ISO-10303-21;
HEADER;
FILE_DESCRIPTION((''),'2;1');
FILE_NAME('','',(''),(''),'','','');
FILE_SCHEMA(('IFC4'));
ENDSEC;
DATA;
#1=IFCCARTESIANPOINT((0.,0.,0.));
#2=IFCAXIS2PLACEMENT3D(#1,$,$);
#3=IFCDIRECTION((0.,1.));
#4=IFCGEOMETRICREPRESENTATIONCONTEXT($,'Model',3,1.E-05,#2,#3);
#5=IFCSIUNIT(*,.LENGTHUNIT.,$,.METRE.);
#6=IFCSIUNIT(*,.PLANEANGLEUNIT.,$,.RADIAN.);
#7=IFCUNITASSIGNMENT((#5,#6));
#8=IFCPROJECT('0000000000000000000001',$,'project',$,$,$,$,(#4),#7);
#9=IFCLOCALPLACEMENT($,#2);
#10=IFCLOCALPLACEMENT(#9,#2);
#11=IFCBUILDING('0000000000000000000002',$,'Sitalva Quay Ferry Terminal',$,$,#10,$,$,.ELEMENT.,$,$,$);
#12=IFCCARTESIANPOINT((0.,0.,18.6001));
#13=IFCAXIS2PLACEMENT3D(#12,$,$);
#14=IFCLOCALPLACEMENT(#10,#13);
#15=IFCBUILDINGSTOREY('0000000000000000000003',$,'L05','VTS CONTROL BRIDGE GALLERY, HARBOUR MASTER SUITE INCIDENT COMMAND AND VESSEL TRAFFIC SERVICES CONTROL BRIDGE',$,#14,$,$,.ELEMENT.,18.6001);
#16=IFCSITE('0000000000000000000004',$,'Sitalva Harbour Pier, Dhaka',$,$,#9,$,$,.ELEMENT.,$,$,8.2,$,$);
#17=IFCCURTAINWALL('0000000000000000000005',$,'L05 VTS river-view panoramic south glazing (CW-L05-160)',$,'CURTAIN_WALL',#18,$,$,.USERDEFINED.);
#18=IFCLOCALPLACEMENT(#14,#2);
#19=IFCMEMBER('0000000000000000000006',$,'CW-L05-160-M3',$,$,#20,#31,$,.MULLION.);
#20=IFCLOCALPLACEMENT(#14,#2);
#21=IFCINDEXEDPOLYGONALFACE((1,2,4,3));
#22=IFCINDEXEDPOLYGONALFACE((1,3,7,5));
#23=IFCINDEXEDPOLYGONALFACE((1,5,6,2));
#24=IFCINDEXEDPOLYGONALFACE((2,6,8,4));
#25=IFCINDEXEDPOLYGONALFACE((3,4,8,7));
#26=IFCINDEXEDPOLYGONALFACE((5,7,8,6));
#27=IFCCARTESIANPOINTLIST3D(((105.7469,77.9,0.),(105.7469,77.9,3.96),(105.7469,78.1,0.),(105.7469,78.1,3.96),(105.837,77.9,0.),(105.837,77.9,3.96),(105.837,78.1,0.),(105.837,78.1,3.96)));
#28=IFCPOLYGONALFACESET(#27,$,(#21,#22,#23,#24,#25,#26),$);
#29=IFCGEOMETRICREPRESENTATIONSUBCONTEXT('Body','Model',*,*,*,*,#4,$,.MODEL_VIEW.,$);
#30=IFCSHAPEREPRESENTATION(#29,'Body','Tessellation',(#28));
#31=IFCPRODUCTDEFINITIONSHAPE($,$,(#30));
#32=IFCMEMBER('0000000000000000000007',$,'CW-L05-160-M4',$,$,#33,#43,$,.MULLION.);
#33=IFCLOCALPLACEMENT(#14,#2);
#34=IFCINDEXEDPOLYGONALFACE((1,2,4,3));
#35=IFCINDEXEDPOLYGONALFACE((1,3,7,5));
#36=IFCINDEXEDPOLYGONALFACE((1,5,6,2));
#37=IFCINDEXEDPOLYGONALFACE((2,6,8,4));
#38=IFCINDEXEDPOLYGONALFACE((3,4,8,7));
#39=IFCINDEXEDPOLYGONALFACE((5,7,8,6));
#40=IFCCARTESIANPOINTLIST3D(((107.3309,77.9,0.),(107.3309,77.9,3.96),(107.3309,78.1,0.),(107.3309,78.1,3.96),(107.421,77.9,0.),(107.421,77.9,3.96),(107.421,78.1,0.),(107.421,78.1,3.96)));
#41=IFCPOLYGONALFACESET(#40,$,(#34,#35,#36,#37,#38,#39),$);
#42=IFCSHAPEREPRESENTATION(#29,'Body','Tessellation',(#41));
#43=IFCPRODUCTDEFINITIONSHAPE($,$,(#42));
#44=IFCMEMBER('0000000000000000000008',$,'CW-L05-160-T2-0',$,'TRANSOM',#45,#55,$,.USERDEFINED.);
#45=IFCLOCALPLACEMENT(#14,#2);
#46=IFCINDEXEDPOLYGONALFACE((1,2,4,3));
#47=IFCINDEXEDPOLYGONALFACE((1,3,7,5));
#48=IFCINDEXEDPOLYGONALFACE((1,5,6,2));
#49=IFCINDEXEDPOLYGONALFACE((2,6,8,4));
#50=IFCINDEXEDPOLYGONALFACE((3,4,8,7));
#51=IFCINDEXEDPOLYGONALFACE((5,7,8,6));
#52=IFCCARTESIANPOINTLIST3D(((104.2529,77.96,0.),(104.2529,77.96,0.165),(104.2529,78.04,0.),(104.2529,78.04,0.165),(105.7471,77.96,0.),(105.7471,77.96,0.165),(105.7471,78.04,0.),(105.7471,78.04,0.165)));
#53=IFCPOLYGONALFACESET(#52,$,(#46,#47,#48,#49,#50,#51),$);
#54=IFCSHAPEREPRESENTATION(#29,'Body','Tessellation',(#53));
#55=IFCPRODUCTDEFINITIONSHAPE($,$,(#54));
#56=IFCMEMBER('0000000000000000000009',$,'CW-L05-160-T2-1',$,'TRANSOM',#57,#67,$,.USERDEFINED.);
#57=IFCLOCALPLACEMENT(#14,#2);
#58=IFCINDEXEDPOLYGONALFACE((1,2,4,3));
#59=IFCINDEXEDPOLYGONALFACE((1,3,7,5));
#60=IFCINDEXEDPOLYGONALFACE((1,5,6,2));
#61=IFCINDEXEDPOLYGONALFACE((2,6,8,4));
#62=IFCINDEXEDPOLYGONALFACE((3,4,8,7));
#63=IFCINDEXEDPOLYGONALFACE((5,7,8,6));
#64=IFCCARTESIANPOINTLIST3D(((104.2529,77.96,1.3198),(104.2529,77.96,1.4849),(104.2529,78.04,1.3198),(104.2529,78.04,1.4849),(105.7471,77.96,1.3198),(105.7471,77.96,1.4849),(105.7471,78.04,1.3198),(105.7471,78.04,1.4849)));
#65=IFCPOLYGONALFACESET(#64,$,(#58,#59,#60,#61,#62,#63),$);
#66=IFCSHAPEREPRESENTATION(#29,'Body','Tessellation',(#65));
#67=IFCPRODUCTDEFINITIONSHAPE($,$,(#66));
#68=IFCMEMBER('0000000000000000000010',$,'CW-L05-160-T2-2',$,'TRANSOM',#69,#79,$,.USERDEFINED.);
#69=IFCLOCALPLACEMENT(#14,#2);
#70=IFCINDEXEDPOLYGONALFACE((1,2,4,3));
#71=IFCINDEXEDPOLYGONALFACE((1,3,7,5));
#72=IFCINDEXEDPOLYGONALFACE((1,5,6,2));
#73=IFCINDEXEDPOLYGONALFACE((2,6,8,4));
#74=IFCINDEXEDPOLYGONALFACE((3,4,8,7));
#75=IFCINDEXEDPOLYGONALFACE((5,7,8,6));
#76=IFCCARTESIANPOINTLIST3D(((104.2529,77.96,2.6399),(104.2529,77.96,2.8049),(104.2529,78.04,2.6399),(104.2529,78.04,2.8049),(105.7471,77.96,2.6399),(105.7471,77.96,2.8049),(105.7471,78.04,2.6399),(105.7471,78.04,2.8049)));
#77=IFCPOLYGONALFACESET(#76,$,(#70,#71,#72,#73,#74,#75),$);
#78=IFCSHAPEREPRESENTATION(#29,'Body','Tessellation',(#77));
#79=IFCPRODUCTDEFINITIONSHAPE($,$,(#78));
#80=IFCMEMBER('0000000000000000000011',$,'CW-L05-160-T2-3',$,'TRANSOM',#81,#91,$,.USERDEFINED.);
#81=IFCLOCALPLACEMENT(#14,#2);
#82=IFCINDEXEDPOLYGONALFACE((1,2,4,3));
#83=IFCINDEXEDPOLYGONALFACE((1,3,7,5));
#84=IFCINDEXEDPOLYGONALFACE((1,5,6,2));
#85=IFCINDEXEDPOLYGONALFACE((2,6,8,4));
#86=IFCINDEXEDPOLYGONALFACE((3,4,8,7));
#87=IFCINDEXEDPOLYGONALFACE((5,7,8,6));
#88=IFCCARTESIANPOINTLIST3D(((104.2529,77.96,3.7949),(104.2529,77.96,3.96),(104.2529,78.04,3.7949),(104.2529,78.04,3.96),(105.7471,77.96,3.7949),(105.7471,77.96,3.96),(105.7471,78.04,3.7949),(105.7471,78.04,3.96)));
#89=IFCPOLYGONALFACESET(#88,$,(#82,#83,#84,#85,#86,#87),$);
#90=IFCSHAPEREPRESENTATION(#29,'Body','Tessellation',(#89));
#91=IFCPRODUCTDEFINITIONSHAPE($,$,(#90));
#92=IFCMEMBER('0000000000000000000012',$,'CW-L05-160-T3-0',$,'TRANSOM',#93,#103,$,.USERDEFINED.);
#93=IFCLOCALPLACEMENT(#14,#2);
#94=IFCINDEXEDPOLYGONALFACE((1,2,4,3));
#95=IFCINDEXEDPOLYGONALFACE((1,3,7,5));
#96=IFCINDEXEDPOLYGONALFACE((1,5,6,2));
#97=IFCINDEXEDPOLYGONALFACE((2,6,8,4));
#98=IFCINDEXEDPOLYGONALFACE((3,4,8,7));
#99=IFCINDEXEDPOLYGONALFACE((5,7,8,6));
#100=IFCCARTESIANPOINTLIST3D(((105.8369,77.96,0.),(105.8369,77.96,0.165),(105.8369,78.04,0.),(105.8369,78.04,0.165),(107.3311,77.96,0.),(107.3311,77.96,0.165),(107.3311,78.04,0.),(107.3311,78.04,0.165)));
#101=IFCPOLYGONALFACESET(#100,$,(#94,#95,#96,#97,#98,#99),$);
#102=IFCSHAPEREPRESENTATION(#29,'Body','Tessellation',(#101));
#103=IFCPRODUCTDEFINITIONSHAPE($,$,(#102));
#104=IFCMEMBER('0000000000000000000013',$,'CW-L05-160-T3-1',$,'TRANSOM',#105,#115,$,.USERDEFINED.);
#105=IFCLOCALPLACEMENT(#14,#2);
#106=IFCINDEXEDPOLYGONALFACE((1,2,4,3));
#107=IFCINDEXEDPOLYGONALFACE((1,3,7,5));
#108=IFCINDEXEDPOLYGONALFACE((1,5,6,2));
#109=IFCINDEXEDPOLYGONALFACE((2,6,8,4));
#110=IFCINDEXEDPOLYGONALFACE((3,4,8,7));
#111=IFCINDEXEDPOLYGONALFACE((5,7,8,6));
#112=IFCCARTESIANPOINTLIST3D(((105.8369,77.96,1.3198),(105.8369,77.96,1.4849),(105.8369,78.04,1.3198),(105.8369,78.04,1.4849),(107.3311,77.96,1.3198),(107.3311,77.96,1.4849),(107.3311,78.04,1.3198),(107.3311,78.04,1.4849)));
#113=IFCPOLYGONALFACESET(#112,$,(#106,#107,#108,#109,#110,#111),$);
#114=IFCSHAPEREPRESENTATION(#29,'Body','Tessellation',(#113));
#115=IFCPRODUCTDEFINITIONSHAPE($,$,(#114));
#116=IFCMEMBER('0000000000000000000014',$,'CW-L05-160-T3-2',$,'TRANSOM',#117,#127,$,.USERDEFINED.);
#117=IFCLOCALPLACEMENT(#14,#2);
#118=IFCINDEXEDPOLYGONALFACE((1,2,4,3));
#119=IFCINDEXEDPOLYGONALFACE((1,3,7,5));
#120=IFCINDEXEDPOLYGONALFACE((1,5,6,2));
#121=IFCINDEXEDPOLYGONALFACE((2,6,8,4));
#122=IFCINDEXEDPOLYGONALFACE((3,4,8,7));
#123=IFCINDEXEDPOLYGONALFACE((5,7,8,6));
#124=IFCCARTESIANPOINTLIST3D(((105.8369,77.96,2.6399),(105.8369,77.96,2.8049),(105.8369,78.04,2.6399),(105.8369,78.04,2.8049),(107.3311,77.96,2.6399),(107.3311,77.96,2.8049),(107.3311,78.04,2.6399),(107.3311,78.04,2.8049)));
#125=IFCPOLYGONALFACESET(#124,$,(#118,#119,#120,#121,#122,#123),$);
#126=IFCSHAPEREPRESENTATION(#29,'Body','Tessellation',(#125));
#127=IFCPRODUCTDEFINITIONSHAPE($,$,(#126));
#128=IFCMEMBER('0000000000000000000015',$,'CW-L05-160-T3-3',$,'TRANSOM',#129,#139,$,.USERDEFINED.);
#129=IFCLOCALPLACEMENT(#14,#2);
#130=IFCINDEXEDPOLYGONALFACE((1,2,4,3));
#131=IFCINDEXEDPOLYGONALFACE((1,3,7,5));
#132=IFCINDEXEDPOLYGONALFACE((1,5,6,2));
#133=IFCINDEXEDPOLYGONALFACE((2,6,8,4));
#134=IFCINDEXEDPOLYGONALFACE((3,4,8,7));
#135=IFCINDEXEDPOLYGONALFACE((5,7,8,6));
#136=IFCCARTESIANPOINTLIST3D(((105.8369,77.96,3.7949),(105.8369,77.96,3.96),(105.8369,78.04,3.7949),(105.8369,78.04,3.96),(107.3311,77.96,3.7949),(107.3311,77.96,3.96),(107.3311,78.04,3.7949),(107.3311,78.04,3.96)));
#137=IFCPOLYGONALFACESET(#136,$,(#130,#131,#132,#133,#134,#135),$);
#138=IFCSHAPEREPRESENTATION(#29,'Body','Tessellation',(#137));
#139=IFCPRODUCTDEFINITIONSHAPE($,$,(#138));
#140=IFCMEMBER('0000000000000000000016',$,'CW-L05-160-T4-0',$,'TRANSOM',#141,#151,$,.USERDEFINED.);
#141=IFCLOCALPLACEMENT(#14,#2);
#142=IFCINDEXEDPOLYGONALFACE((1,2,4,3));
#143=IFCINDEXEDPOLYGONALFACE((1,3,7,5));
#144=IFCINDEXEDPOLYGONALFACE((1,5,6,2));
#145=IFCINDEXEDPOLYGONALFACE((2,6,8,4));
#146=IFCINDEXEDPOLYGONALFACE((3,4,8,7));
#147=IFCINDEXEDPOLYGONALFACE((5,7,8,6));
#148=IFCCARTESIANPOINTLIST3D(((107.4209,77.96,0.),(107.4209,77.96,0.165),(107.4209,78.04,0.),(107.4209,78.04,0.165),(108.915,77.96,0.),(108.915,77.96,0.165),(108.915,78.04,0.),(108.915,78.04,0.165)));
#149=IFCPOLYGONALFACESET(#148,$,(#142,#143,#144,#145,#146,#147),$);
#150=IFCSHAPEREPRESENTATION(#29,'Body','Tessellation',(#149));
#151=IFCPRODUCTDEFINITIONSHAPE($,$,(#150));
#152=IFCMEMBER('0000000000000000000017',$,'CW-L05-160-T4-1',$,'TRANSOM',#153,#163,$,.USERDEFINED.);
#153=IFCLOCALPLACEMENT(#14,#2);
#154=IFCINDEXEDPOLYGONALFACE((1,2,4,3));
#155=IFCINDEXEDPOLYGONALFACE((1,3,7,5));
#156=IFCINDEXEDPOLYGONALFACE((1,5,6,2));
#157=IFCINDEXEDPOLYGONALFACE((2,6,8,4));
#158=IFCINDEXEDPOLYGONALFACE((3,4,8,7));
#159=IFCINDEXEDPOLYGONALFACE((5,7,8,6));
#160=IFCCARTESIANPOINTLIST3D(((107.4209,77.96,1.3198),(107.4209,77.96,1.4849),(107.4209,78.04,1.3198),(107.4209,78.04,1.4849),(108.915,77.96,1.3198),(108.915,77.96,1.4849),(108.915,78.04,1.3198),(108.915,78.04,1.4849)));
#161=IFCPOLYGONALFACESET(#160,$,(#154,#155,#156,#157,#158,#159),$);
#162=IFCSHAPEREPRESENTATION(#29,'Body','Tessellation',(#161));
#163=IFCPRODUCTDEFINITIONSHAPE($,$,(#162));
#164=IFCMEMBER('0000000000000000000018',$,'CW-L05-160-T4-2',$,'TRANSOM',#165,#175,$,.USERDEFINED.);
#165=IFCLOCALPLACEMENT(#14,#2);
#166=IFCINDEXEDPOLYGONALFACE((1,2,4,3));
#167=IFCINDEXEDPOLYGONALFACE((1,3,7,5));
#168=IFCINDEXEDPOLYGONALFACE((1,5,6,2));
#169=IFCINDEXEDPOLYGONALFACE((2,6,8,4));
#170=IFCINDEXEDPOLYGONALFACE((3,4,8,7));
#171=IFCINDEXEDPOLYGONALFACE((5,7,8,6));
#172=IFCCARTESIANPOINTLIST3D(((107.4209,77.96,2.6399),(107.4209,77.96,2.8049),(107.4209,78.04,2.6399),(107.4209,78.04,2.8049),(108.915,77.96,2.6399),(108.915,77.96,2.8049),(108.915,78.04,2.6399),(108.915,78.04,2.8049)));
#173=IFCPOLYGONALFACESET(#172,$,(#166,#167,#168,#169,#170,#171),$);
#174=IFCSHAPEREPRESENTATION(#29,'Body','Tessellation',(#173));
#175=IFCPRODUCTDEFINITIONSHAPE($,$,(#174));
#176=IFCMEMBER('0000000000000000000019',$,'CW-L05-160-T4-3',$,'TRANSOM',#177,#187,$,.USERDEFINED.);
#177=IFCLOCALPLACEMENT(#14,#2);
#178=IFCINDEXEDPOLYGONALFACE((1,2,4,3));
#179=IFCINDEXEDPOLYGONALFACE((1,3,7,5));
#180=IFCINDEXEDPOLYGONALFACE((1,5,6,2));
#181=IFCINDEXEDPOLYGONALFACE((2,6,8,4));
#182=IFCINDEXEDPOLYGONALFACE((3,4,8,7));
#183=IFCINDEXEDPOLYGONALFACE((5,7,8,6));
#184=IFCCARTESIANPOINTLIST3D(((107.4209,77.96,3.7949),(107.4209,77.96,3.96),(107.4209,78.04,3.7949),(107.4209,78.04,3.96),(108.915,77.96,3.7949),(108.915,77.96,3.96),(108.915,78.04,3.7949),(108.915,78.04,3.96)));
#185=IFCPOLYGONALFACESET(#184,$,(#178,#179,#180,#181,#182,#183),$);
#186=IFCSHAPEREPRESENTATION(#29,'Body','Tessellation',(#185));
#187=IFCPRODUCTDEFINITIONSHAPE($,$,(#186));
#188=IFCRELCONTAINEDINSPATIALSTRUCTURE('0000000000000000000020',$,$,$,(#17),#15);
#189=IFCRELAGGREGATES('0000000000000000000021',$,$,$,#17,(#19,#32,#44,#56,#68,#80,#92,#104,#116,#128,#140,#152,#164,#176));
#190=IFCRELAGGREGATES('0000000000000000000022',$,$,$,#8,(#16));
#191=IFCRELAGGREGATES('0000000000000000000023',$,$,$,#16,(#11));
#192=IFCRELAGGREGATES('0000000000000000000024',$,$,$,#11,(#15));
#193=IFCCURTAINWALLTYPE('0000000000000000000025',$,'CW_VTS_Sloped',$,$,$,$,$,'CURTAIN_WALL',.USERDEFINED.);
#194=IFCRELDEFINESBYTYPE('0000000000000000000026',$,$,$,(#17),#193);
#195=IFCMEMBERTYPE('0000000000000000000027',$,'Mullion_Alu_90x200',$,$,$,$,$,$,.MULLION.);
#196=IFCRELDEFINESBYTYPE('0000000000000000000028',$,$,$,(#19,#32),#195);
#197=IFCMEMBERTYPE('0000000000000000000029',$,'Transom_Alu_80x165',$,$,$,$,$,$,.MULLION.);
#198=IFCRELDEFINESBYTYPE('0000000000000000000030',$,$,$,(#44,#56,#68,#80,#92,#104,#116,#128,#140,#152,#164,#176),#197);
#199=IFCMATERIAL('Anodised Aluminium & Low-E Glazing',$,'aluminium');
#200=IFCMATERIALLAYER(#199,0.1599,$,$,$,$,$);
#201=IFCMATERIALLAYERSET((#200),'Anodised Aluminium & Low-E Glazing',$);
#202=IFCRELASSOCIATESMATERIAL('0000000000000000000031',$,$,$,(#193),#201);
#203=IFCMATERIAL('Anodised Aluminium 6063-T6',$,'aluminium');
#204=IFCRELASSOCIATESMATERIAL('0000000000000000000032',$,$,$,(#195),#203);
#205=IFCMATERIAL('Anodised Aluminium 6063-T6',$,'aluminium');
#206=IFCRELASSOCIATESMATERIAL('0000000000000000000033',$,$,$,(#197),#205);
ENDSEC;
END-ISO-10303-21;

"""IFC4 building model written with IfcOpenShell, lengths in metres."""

from ifc_helpers import new_model, si_unit, direction, frame, origin, origin_2d, place, context, subcontext, project, spatial, rectangle, extrude, material, layer, layer_set, material_profile, profile_set, type_object, element, aggregate, save


model = new_model("IFC4")

# Units and contexts
model_context = context("Model", 3, precision=1e-05, world=origin(), true_north=direction((0.0, 1.0)))
body_context = subcontext(model_context, "Body", "Model", "MODEL_VIEW")
ifc_project = project(units=[si_unit("LENGTHUNIT", "METRE"), si_unit("PLANEANGLEUNIT", "RADIAN")], contexts=[model_context])

# Site, building, storey
site_placement = place(None, origin())
site = spatial("IfcSite", under=ifc_project, at=site_placement, Name="Sitalva Harbour Pier, Dhaka", CompositionType="ELEMENT", RefElevation=8.2)
building_placement = place(site_placement, origin())
building = spatial("IfcBuilding", under=site, at=building_placement, Name="Sitalva Quay Ferry Terminal", CompositionType="ELEMENT")
storey_placement = place(building_placement, frame((0.0, 0.0, 18.6001)))
storey = spatial("IfcBuildingStorey", under=building, at=storey_placement, Name="L05", Description="VTS CONTROL BRIDGE GALLERY, HARBOUR MASTER SUITE INCIDENT COMMAND AND VESSEL TRAFFIC SERVICES CONTROL BRIDGE", CompositionType="ELEMENT", Elevation=18.6001)

# Curtain wall, members
ifc_material_1 = material(Name="Anodised Aluminium & Low-E Glazing", Category="aluminium")
ifc_layer_1 = layer(ifc_material_1, 0.1599)
ifc_layer_set_1 = layer_set([ifc_layer_1], Name="Anodised Aluminium & Low-E Glazing")
curtain_wall_type = type_object("IfcCurtainWallType", Name="CW_VTS_Sloped", ElementType="CURTAIN_WALL", PredefinedType="USERDEFINED", material=ifc_layer_set_1)
curtain_wall_placement = place(storey_placement, origin())
curtain_wall = element("IfcCurtainWall", 1, at=curtain_wall_placement, inside=storey, type_object=curtain_wall_type, Name="L05 VTS river-view panoramic south glazing (CW-L05-160)", ObjectType="CURTAIN_WALL", PredefinedType="USERDEFINED")
ifc_material_2 = material(Name="Anodised Aluminium 6063-T6", Category="aluminium")
ifc_material_profile_1 = material_profile(ifc_material_2, rectangle(XDim=0.0901, YDim=0.2, at=origin_2d()), Name="ALU90x200")
ifc_profile_set_1 = profile_set([ifc_material_profile_1], Name="Anodised Aluminium 6063-T6")
member_type_1 = type_object("IfcMemberType", Name="Mullion_Alu_90x200", PredefinedType="MULLION", material=ifc_profile_set_1)
member_1_placement = place(storey_placement, frame((105.792, 78.0, 0.0), z_axis=(0.0, 0.0, 1.0), x_axis=(1.0, 0.0, 0.0)))
member_1 = element("IfcMember", 2, at=member_1_placement, type_object=member_type_1, Name="CW-L05-160-M3", PredefinedType="MULLION", context=body_context, shape_type="SweptSolid", body=[
    extrude(rectangle(XDim=0.0901, YDim=0.2, at=origin_2d()), origin(), (0.0, 0.0, 1.0), 3.96),
])
member_2_placement = place(storey_placement, frame((107.376, 78.0, 0.0), z_axis=(0.0, 0.0, 1.0), x_axis=(1.0, 0.0, 0.0)))
member_2 = element("IfcMember", 3, at=member_2_placement, type_object=member_type_1, Name="CW-L05-160-M4", PredefinedType="MULLION", context=body_context, shape_type="SweptSolid", body=[
    extrude(rectangle(XDim=0.0901, YDim=0.2, at=origin_2d()), origin(), (0.0, 0.0, 1.0), 3.96),
])
ifc_material_3 = material(Name="Anodised Aluminium 6063-T6", Category="aluminium")
ifc_material_profile_2 = material_profile(ifc_material_3, rectangle(XDim=0.0801, YDim=0.165, at=origin_2d()), Name="ALU80x165")
ifc_profile_set_2 = profile_set([ifc_material_profile_2], Name="Anodised Aluminium 6063-T6")
member_type_2 = type_object("IfcMemberType", Name="Transom_Alu_80x165", PredefinedType="MULLION", material=ifc_profile_set_2)
member_3_placement = place(storey_placement, frame((104.2529, 78.0, 0.0825), z_axis=(1.0, 0.0, 0.0), x_axis=(0.0, 1.0, 0.0)))
member_3 = element("IfcMember", 4, at=member_3_placement, type_object=member_type_2, Name="CW-L05-160-T2-0", ObjectType="TRANSOM", PredefinedType="USERDEFINED", context=body_context, shape_type="SweptSolid", body=[
    extrude(rectangle(XDim=0.0801, YDim=0.165, at=origin_2d()), origin(), (0.0, 0.0, 1.0), 1.4941),
])
member_4_placement = place(storey_placement, frame((104.2529, 78.0, 1.4023), z_axis=(1.0, 0.0, 0.0), x_axis=(0.0, 1.0, 0.0)))
member_4 = element("IfcMember", 5, at=member_4_placement, type_object=member_type_2, Name="CW-L05-160-T2-1", ObjectType="TRANSOM", PredefinedType="USERDEFINED", context=body_context, shape_type="SweptSolid", body=[
    extrude(rectangle(XDim=0.0801, YDim=0.165, at=origin_2d()), origin(), (0.0, 0.0, 1.0), 1.4941),
])
member_5_placement = place(storey_placement, frame((104.2529, 78.0, 2.7224), z_axis=(1.0, 0.0, 0.0), x_axis=(0.0, 1.0, 0.0)))
member_5 = element("IfcMember", 6, at=member_5_placement, type_object=member_type_2, Name="CW-L05-160-T2-2", ObjectType="TRANSOM", PredefinedType="USERDEFINED", context=body_context, shape_type="SweptSolid", body=[
    extrude(rectangle(XDim=0.0801, YDim=0.165, at=origin_2d()), origin(), (0.0, 0.0, 1.0), 1.4941),
])
member_6_placement = place(storey_placement, frame((104.2529, 78.0, 3.8774), z_axis=(1.0, 0.0, 0.0), x_axis=(0.0, 1.0, 0.0)))
member_6 = element("IfcMember", 7, at=member_6_placement, type_object=member_type_2, Name="CW-L05-160-T2-3", ObjectType="TRANSOM", PredefinedType="USERDEFINED", context=body_context, shape_type="SweptSolid", body=[
    extrude(rectangle(XDim=0.0801, YDim=0.165, at=origin_2d()), origin(), (0.0, 0.0, 1.0), 1.4941),
])
member_7_placement = place(storey_placement, frame((105.8369, 78.0, 0.0825), z_axis=(1.0, 0.0, 0.0), x_axis=(0.0, 1.0, 0.0)))
member_7 = element("IfcMember", 8, at=member_7_placement, type_object=member_type_2, Name="CW-L05-160-T3-0", ObjectType="TRANSOM", PredefinedType="USERDEFINED", context=body_context, shape_type="SweptSolid", body=[
    extrude(rectangle(XDim=0.0801, YDim=0.165, at=origin_2d()), origin(), (0.0, 0.0, 1.0), 1.4941),
])
member_8_placement = place(storey_placement, frame((105.8369, 78.0, 1.4023), z_axis=(1.0, 0.0, 0.0), x_axis=(0.0, 1.0, 0.0)))
member_8 = element("IfcMember", 9, at=member_8_placement, type_object=member_type_2, Name="CW-L05-160-T3-1", ObjectType="TRANSOM", PredefinedType="USERDEFINED", context=body_context, shape_type="SweptSolid", body=[
    extrude(rectangle(XDim=0.0801, YDim=0.165, at=origin_2d()), origin(), (0.0, 0.0, 1.0), 1.4941),
])
member_9_placement = place(storey_placement, frame((105.8369, 78.0, 2.7224), z_axis=(1.0, 0.0, 0.0), x_axis=(0.0, 1.0, 0.0)))
member_9 = element("IfcMember", 10, at=member_9_placement, type_object=member_type_2, Name="CW-L05-160-T3-2", ObjectType="TRANSOM", PredefinedType="USERDEFINED", context=body_context, shape_type="SweptSolid", body=[
    extrude(rectangle(XDim=0.0801, YDim=0.165, at=origin_2d()), origin(), (0.0, 0.0, 1.0), 1.4941),
])
member_10_placement = place(storey_placement, frame((105.8369, 78.0, 3.8774), z_axis=(1.0, 0.0, 0.0), x_axis=(0.0, 1.0, 0.0)))
member_10 = element("IfcMember", 11, at=member_10_placement, type_object=member_type_2, Name="CW-L05-160-T3-3", ObjectType="TRANSOM", PredefinedType="USERDEFINED", context=body_context, shape_type="SweptSolid", body=[
    extrude(rectangle(XDim=0.0801, YDim=0.165, at=origin_2d()), origin(), (0.0, 0.0, 1.0), 1.4941),
])
member_11_placement = place(storey_placement, frame((107.4209, 78.0, 0.0825), z_axis=(1.0, 0.0, 0.0), x_axis=(0.0, 1.0, 0.0)))
member_11 = element("IfcMember", 12, at=member_11_placement, type_object=member_type_2, Name="CW-L05-160-T4-0", ObjectType="TRANSOM", PredefinedType="USERDEFINED", context=body_context, shape_type="SweptSolid", body=[
    extrude(rectangle(XDim=0.0801, YDim=0.165, at=origin_2d()), origin(), (0.0, 0.0, 1.0), 1.4941),
])
member_12_placement = place(storey_placement, frame((107.4209, 78.0, 1.4023), z_axis=(1.0, 0.0, 0.0), x_axis=(0.0, 1.0, 0.0)))
member_12 = element("IfcMember", 13, at=member_12_placement, type_object=member_type_2, Name="CW-L05-160-T4-1", ObjectType="TRANSOM", PredefinedType="USERDEFINED", context=body_context, shape_type="SweptSolid", body=[
    extrude(rectangle(XDim=0.0801, YDim=0.165, at=origin_2d()), origin(), (0.0, 0.0, 1.0), 1.4941),
])
member_13_placement = place(storey_placement, frame((107.4209, 78.0, 2.7224), z_axis=(1.0, 0.0, 0.0), x_axis=(0.0, 1.0, 0.0)))
member_13 = element("IfcMember", 14, at=member_13_placement, type_object=member_type_2, Name="CW-L05-160-T4-2", ObjectType="TRANSOM", PredefinedType="USERDEFINED", context=body_context, shape_type="SweptSolid", body=[
    extrude(rectangle(XDim=0.0801, YDim=0.165, at=origin_2d()), origin(), (0.0, 0.0, 1.0), 1.4941),
])
member_14_placement = place(storey_placement, frame((107.4209, 78.0, 3.8774), z_axis=(1.0, 0.0, 0.0), x_axis=(0.0, 1.0, 0.0)))
member_14 = element("IfcMember", 15, at=member_14_placement, type_object=member_type_2, Name="CW-L05-160-T4-3", ObjectType="TRANSOM", PredefinedType="USERDEFINED", context=body_context, shape_type="SweptSolid", body=[
    extrude(rectangle(XDim=0.0801, YDim=0.165, at=origin_2d()), origin(), (0.0, 0.0, 1.0), 1.4941),
])
aggregate(curtain_wall, [member_1, member_2, member_3, member_4, member_5, member_6, member_7, member_8, member_9, member_10, member_11, member_12, member_13, member_14])

save(model, "model.ifc")
